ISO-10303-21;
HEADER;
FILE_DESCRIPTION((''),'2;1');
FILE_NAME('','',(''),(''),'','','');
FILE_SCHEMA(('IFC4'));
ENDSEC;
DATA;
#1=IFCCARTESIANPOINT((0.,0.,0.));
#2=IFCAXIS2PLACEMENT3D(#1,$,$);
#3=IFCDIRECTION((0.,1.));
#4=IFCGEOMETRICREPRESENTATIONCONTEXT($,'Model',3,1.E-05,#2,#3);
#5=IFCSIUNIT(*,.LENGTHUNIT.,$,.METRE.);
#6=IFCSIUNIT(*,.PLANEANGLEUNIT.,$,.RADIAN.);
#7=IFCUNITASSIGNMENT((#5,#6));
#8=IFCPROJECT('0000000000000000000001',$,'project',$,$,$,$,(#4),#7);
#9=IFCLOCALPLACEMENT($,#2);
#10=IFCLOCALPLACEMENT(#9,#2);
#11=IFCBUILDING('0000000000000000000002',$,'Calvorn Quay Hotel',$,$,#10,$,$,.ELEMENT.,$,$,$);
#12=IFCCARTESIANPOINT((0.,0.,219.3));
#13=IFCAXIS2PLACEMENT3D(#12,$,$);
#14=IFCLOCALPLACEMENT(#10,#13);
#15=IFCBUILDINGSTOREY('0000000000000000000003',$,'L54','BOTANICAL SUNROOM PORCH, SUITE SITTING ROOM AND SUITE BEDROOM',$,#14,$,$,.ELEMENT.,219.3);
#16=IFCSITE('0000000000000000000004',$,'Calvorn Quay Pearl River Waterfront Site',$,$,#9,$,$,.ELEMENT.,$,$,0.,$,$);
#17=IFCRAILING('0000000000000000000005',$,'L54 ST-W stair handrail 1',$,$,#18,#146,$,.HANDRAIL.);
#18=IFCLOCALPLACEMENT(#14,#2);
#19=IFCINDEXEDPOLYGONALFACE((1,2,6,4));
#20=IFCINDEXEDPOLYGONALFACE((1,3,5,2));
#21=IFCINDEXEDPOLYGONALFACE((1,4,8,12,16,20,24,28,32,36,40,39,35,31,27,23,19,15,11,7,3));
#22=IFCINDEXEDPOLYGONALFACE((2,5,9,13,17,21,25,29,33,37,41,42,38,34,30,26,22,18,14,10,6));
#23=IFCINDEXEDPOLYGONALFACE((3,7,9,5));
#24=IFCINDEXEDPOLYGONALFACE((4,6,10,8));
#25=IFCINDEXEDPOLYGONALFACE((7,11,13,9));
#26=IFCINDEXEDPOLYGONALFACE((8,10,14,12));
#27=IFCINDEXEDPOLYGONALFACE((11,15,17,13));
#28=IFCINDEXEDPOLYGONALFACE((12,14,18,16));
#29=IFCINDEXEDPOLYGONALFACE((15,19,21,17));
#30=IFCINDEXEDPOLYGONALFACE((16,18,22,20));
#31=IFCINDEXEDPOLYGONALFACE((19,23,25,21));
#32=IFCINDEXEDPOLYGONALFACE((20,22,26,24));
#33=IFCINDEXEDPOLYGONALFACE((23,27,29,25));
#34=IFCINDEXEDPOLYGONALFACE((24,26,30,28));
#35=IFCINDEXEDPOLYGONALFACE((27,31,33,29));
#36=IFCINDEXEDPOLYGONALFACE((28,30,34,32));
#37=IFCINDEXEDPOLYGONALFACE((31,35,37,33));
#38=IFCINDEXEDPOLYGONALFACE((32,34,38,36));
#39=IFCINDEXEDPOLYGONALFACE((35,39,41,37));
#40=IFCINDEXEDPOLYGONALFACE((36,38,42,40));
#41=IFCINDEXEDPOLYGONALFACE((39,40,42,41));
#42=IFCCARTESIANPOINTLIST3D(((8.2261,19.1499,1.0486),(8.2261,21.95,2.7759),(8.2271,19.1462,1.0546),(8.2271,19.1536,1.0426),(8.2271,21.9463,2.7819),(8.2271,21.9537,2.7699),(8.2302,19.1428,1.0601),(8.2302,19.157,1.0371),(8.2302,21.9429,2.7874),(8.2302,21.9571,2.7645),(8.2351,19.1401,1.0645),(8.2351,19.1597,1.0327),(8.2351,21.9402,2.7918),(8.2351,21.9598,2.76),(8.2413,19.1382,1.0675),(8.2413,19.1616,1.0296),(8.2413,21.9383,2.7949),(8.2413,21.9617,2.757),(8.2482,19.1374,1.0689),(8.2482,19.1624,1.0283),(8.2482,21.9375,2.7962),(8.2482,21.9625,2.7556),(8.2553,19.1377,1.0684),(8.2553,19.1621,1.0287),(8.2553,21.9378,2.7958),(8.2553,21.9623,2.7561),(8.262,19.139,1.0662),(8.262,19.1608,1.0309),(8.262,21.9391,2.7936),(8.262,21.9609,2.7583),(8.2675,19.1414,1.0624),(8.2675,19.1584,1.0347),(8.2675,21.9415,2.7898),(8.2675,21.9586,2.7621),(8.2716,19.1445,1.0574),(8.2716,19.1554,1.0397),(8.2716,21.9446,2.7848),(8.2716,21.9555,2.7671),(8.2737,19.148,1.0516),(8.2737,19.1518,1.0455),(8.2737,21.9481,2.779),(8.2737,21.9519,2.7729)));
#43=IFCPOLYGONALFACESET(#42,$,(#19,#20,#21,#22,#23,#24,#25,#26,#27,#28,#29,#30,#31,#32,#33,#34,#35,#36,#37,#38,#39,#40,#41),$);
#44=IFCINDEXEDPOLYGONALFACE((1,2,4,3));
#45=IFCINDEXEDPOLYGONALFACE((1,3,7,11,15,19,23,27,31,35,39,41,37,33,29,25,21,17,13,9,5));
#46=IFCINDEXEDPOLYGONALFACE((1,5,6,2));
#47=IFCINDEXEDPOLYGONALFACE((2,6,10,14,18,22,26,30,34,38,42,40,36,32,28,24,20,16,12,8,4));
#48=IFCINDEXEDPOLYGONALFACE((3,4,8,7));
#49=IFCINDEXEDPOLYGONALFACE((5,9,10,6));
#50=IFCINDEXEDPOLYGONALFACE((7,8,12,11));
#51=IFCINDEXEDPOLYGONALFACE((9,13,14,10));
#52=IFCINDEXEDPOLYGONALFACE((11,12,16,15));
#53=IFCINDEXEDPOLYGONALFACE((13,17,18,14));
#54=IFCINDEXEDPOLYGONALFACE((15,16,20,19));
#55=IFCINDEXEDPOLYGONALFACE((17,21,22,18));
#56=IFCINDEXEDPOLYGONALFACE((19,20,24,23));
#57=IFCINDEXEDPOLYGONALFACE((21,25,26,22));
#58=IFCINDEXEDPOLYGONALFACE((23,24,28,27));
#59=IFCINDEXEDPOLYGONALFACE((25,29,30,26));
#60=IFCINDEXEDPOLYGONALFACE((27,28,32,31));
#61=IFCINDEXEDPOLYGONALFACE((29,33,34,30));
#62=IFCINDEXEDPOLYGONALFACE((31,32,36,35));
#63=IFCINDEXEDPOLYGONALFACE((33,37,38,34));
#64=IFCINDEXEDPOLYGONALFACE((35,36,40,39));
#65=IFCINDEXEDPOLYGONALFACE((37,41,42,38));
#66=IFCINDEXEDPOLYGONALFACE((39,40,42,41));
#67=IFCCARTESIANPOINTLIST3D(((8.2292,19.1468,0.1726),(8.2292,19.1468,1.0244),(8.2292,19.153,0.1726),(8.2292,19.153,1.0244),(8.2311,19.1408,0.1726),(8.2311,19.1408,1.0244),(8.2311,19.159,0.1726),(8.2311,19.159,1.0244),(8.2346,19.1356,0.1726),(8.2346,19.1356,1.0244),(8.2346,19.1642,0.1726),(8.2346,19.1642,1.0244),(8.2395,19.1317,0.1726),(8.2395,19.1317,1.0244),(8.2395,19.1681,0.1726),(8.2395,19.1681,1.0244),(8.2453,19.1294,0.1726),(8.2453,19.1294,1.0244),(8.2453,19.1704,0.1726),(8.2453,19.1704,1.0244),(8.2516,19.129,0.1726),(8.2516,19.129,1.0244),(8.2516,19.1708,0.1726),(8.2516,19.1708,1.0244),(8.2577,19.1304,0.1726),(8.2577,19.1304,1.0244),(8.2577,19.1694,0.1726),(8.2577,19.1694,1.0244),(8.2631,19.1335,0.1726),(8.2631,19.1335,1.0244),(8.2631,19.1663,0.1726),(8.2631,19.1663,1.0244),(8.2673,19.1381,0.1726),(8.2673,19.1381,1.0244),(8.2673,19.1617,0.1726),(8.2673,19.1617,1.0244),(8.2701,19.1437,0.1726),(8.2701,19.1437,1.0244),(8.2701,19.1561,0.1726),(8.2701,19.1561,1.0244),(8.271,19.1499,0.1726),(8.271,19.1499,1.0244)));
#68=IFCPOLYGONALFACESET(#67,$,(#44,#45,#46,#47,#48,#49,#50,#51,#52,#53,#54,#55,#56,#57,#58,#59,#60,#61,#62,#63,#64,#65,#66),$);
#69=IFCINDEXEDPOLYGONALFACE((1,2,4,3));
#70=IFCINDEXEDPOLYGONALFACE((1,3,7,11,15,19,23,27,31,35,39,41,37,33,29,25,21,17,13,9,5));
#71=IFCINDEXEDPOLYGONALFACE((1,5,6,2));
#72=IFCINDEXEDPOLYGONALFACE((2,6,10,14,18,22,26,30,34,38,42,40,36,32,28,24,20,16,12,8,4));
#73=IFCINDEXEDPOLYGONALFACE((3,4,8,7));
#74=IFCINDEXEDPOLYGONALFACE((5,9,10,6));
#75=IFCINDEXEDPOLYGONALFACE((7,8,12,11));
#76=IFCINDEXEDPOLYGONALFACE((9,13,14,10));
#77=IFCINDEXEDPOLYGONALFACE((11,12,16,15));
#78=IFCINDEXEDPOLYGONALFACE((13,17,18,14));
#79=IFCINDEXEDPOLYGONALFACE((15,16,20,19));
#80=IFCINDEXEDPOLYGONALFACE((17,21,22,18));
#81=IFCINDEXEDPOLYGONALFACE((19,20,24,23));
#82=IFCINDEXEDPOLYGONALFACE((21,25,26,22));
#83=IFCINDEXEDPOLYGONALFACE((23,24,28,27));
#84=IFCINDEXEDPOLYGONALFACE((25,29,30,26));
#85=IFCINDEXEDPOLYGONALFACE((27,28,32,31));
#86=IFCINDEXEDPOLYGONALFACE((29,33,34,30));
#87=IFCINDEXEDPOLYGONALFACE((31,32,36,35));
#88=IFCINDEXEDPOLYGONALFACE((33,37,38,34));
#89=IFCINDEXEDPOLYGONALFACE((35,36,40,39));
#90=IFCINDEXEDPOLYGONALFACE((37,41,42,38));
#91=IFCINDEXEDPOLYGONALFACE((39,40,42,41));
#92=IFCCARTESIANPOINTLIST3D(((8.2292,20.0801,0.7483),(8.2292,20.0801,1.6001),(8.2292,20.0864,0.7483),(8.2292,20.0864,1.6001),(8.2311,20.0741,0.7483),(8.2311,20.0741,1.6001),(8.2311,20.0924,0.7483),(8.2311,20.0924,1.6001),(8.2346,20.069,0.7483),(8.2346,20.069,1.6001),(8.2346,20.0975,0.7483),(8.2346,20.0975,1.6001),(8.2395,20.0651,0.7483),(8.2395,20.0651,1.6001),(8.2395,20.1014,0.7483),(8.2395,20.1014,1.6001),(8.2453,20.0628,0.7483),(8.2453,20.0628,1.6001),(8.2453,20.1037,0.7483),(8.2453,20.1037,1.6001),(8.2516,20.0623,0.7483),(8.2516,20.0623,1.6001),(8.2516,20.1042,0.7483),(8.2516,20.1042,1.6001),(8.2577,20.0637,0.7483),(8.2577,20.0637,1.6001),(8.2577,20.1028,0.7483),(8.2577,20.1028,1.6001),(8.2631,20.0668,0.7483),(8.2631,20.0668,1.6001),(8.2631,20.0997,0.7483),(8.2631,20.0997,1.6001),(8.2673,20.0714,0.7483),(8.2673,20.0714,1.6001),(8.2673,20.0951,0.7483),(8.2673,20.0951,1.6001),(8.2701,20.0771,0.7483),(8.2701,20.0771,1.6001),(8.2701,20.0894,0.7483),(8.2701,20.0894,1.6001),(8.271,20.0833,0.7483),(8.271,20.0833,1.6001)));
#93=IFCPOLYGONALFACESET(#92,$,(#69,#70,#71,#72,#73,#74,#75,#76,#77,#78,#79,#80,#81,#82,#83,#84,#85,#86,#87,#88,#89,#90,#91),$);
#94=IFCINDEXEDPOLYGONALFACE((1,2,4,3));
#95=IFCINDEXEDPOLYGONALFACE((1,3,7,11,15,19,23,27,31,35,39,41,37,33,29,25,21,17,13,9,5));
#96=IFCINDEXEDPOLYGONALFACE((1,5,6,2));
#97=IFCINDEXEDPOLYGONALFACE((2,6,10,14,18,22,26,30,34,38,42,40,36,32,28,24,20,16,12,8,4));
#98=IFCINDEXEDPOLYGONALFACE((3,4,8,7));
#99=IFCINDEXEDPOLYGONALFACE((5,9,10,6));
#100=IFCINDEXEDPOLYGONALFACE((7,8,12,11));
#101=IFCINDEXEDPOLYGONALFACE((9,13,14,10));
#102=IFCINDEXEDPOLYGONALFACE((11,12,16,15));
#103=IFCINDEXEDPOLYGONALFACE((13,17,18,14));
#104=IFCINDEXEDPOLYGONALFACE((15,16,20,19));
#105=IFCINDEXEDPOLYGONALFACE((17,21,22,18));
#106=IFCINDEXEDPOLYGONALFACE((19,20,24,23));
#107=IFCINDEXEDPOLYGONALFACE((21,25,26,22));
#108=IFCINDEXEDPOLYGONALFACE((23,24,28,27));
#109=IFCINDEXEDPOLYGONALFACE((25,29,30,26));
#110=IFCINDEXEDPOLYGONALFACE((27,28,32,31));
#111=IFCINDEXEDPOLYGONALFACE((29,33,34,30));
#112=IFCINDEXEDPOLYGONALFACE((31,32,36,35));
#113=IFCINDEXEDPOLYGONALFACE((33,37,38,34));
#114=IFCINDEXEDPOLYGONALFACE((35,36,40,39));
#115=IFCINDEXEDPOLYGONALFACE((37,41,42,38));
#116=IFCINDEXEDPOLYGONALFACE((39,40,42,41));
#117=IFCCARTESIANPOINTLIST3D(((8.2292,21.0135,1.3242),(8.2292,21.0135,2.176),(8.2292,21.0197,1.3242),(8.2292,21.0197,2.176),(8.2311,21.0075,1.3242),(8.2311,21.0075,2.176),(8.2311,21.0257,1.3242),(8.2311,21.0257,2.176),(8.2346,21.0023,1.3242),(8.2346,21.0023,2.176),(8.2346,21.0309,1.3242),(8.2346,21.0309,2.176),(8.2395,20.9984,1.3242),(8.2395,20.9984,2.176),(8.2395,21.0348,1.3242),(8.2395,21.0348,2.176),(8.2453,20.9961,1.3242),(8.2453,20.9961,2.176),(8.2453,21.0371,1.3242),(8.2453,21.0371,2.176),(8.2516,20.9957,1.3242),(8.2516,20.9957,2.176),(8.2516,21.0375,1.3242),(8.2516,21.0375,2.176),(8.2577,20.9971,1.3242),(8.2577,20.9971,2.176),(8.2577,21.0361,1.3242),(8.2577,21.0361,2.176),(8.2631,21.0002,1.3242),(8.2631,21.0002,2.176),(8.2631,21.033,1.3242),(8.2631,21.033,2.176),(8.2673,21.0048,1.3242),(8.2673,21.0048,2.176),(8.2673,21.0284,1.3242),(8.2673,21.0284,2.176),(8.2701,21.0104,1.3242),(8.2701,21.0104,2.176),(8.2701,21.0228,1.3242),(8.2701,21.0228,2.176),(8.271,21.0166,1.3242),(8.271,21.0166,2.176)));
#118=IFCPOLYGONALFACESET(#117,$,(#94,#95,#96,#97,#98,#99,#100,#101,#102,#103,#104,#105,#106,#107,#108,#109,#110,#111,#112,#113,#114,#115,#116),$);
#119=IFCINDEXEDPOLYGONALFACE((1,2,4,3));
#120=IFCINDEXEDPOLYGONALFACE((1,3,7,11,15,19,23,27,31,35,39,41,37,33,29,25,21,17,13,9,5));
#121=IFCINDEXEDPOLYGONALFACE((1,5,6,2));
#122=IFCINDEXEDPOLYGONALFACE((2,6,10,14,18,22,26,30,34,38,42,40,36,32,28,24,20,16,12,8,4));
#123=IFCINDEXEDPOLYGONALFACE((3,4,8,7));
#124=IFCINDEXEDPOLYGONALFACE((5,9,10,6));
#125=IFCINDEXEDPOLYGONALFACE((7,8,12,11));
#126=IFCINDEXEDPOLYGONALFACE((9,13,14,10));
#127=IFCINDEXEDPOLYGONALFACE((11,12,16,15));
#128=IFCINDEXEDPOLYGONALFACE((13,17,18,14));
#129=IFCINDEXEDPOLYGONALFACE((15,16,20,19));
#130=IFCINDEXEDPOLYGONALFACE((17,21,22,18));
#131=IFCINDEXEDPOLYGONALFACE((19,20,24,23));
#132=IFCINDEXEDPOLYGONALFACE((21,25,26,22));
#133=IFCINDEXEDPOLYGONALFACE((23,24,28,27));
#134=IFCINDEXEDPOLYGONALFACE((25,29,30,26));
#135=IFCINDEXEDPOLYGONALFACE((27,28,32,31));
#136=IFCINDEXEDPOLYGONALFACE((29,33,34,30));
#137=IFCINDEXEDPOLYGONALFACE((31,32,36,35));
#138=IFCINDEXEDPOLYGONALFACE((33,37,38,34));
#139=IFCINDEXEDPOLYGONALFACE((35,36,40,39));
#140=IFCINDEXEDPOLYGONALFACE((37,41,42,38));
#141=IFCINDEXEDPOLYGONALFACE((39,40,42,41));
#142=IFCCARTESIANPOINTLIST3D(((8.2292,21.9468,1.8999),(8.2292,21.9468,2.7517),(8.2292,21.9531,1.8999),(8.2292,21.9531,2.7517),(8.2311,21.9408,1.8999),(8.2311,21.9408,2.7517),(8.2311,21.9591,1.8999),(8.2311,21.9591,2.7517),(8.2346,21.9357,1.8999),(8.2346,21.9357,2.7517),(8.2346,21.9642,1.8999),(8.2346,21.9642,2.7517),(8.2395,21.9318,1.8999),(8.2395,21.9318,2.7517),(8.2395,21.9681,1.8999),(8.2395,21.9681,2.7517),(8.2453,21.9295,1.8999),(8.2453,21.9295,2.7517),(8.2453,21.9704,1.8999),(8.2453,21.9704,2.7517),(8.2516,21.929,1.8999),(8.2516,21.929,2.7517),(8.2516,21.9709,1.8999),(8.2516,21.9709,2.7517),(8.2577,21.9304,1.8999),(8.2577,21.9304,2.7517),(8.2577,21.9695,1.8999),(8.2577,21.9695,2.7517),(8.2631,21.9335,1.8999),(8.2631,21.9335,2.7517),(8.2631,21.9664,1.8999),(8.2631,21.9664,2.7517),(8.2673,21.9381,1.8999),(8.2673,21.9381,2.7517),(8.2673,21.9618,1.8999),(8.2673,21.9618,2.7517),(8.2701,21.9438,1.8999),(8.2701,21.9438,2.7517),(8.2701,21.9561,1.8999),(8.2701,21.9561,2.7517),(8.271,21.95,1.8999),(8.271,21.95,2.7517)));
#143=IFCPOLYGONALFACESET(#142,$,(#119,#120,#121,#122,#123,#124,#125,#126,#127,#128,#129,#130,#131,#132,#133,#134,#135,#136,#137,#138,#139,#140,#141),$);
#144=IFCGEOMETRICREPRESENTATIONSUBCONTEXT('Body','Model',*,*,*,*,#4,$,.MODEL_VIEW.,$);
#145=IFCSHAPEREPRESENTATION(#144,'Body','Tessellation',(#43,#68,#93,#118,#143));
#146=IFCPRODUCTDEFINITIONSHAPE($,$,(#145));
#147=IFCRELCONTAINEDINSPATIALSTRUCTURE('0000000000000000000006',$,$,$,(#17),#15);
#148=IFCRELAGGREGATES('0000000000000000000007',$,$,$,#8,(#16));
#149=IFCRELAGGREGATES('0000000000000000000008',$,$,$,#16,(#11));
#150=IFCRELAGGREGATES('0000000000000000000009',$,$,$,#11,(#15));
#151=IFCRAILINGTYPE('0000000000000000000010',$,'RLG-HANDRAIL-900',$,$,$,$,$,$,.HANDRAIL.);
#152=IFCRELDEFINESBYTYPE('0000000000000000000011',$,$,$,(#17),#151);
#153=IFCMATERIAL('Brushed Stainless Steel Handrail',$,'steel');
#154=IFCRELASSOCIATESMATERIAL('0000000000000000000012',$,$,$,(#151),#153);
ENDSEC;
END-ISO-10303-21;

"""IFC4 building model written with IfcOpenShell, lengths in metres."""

from ifc_helpers import new_model, si_unit, direction, frame, origin, origin_2d, place, context, subcontext, project, spatial, circle, extrude, material, type_object, element, save


model = new_model("IFC4")

# Units and contexts
model_context = context("Model", 3, precision=1e-05, world=origin(), true_north=direction((0.0, 1.0)))
body_context = subcontext(model_context, "Body", "Model", "MODEL_VIEW")
ifc_project = project(units=[si_unit("LENGTHUNIT", "METRE"), si_unit("PLANEANGLEUNIT", "RADIAN")], contexts=[model_context])

# Site, building, storey
site_placement = place(None, origin())
site = spatial("IfcSite", under=ifc_project, at=site_placement, Name="Calvorn Quay Pearl River Waterfront Site", CompositionType="ELEMENT", RefElevation=0.0)
building_placement = place(site_placement, origin())
building = spatial("IfcBuilding", under=site, at=building_placement, Name="Calvorn Quay Hotel", CompositionType="ELEMENT")
storey_placement = place(building_placement, frame((0.0, 0.0, 219.3)))
storey = spatial("IfcBuildingStorey", under=building, at=storey_placement, Name="L54", Description="BOTANICAL SUNROOM PORCH, SUITE SITTING ROOM AND SUITE BEDROOM", CompositionType="ELEMENT", Elevation=219.3)

# Railing
ifc_material_1 = material(Name="Brushed Stainless Steel Handrail", Category="steel")
railing_type_1 = type_object("IfcRailingType", Name="RLG-HANDRAIL-900", PredefinedType="HANDRAIL", material=ifc_material_1)
railing_1_placement = place(storey_placement, frame((8.25, 19.1499, 0.1726)))
element("IfcRailing", 1, at=railing_1_placement, inside=storey, type_object=railing_type_1, Name="L54 ST-W stair handrail 1", PredefinedType="HANDRAIL", context=body_context, shape_type="SweptSolid", body=[
    extrude(circle(Radius=0.0239, at=origin_2d()), frame((0.0, 0.0, 0.876), z_axis=(0.0, 0.85109, 0.52502), x_axis=(-1.0, 0.0, 0.0)), (0.0, 0.0, 1.0), 3.29),
    extrude(circle(Radius=0.021, at=origin_2d()), origin(), (0.0, 0.0, 1.0), 0.8518),
    extrude(circle(Radius=0.021, at=origin_2d()), frame((0.0, 0.9333, 0.5757)), (0.0, 0.0, 1.0), 0.8518),
    extrude(circle(Radius=0.021, at=origin_2d()), frame((0.0, 1.8667, 1.1516)), (0.0, 0.0, 1.0), 0.8518),
    extrude(circle(Radius=0.021, at=origin_2d()), frame((0.0, 2.8, 1.7273)), (0.0, 0.0, 1.0), 0.8518),
])

save(model, "model.ifc")
